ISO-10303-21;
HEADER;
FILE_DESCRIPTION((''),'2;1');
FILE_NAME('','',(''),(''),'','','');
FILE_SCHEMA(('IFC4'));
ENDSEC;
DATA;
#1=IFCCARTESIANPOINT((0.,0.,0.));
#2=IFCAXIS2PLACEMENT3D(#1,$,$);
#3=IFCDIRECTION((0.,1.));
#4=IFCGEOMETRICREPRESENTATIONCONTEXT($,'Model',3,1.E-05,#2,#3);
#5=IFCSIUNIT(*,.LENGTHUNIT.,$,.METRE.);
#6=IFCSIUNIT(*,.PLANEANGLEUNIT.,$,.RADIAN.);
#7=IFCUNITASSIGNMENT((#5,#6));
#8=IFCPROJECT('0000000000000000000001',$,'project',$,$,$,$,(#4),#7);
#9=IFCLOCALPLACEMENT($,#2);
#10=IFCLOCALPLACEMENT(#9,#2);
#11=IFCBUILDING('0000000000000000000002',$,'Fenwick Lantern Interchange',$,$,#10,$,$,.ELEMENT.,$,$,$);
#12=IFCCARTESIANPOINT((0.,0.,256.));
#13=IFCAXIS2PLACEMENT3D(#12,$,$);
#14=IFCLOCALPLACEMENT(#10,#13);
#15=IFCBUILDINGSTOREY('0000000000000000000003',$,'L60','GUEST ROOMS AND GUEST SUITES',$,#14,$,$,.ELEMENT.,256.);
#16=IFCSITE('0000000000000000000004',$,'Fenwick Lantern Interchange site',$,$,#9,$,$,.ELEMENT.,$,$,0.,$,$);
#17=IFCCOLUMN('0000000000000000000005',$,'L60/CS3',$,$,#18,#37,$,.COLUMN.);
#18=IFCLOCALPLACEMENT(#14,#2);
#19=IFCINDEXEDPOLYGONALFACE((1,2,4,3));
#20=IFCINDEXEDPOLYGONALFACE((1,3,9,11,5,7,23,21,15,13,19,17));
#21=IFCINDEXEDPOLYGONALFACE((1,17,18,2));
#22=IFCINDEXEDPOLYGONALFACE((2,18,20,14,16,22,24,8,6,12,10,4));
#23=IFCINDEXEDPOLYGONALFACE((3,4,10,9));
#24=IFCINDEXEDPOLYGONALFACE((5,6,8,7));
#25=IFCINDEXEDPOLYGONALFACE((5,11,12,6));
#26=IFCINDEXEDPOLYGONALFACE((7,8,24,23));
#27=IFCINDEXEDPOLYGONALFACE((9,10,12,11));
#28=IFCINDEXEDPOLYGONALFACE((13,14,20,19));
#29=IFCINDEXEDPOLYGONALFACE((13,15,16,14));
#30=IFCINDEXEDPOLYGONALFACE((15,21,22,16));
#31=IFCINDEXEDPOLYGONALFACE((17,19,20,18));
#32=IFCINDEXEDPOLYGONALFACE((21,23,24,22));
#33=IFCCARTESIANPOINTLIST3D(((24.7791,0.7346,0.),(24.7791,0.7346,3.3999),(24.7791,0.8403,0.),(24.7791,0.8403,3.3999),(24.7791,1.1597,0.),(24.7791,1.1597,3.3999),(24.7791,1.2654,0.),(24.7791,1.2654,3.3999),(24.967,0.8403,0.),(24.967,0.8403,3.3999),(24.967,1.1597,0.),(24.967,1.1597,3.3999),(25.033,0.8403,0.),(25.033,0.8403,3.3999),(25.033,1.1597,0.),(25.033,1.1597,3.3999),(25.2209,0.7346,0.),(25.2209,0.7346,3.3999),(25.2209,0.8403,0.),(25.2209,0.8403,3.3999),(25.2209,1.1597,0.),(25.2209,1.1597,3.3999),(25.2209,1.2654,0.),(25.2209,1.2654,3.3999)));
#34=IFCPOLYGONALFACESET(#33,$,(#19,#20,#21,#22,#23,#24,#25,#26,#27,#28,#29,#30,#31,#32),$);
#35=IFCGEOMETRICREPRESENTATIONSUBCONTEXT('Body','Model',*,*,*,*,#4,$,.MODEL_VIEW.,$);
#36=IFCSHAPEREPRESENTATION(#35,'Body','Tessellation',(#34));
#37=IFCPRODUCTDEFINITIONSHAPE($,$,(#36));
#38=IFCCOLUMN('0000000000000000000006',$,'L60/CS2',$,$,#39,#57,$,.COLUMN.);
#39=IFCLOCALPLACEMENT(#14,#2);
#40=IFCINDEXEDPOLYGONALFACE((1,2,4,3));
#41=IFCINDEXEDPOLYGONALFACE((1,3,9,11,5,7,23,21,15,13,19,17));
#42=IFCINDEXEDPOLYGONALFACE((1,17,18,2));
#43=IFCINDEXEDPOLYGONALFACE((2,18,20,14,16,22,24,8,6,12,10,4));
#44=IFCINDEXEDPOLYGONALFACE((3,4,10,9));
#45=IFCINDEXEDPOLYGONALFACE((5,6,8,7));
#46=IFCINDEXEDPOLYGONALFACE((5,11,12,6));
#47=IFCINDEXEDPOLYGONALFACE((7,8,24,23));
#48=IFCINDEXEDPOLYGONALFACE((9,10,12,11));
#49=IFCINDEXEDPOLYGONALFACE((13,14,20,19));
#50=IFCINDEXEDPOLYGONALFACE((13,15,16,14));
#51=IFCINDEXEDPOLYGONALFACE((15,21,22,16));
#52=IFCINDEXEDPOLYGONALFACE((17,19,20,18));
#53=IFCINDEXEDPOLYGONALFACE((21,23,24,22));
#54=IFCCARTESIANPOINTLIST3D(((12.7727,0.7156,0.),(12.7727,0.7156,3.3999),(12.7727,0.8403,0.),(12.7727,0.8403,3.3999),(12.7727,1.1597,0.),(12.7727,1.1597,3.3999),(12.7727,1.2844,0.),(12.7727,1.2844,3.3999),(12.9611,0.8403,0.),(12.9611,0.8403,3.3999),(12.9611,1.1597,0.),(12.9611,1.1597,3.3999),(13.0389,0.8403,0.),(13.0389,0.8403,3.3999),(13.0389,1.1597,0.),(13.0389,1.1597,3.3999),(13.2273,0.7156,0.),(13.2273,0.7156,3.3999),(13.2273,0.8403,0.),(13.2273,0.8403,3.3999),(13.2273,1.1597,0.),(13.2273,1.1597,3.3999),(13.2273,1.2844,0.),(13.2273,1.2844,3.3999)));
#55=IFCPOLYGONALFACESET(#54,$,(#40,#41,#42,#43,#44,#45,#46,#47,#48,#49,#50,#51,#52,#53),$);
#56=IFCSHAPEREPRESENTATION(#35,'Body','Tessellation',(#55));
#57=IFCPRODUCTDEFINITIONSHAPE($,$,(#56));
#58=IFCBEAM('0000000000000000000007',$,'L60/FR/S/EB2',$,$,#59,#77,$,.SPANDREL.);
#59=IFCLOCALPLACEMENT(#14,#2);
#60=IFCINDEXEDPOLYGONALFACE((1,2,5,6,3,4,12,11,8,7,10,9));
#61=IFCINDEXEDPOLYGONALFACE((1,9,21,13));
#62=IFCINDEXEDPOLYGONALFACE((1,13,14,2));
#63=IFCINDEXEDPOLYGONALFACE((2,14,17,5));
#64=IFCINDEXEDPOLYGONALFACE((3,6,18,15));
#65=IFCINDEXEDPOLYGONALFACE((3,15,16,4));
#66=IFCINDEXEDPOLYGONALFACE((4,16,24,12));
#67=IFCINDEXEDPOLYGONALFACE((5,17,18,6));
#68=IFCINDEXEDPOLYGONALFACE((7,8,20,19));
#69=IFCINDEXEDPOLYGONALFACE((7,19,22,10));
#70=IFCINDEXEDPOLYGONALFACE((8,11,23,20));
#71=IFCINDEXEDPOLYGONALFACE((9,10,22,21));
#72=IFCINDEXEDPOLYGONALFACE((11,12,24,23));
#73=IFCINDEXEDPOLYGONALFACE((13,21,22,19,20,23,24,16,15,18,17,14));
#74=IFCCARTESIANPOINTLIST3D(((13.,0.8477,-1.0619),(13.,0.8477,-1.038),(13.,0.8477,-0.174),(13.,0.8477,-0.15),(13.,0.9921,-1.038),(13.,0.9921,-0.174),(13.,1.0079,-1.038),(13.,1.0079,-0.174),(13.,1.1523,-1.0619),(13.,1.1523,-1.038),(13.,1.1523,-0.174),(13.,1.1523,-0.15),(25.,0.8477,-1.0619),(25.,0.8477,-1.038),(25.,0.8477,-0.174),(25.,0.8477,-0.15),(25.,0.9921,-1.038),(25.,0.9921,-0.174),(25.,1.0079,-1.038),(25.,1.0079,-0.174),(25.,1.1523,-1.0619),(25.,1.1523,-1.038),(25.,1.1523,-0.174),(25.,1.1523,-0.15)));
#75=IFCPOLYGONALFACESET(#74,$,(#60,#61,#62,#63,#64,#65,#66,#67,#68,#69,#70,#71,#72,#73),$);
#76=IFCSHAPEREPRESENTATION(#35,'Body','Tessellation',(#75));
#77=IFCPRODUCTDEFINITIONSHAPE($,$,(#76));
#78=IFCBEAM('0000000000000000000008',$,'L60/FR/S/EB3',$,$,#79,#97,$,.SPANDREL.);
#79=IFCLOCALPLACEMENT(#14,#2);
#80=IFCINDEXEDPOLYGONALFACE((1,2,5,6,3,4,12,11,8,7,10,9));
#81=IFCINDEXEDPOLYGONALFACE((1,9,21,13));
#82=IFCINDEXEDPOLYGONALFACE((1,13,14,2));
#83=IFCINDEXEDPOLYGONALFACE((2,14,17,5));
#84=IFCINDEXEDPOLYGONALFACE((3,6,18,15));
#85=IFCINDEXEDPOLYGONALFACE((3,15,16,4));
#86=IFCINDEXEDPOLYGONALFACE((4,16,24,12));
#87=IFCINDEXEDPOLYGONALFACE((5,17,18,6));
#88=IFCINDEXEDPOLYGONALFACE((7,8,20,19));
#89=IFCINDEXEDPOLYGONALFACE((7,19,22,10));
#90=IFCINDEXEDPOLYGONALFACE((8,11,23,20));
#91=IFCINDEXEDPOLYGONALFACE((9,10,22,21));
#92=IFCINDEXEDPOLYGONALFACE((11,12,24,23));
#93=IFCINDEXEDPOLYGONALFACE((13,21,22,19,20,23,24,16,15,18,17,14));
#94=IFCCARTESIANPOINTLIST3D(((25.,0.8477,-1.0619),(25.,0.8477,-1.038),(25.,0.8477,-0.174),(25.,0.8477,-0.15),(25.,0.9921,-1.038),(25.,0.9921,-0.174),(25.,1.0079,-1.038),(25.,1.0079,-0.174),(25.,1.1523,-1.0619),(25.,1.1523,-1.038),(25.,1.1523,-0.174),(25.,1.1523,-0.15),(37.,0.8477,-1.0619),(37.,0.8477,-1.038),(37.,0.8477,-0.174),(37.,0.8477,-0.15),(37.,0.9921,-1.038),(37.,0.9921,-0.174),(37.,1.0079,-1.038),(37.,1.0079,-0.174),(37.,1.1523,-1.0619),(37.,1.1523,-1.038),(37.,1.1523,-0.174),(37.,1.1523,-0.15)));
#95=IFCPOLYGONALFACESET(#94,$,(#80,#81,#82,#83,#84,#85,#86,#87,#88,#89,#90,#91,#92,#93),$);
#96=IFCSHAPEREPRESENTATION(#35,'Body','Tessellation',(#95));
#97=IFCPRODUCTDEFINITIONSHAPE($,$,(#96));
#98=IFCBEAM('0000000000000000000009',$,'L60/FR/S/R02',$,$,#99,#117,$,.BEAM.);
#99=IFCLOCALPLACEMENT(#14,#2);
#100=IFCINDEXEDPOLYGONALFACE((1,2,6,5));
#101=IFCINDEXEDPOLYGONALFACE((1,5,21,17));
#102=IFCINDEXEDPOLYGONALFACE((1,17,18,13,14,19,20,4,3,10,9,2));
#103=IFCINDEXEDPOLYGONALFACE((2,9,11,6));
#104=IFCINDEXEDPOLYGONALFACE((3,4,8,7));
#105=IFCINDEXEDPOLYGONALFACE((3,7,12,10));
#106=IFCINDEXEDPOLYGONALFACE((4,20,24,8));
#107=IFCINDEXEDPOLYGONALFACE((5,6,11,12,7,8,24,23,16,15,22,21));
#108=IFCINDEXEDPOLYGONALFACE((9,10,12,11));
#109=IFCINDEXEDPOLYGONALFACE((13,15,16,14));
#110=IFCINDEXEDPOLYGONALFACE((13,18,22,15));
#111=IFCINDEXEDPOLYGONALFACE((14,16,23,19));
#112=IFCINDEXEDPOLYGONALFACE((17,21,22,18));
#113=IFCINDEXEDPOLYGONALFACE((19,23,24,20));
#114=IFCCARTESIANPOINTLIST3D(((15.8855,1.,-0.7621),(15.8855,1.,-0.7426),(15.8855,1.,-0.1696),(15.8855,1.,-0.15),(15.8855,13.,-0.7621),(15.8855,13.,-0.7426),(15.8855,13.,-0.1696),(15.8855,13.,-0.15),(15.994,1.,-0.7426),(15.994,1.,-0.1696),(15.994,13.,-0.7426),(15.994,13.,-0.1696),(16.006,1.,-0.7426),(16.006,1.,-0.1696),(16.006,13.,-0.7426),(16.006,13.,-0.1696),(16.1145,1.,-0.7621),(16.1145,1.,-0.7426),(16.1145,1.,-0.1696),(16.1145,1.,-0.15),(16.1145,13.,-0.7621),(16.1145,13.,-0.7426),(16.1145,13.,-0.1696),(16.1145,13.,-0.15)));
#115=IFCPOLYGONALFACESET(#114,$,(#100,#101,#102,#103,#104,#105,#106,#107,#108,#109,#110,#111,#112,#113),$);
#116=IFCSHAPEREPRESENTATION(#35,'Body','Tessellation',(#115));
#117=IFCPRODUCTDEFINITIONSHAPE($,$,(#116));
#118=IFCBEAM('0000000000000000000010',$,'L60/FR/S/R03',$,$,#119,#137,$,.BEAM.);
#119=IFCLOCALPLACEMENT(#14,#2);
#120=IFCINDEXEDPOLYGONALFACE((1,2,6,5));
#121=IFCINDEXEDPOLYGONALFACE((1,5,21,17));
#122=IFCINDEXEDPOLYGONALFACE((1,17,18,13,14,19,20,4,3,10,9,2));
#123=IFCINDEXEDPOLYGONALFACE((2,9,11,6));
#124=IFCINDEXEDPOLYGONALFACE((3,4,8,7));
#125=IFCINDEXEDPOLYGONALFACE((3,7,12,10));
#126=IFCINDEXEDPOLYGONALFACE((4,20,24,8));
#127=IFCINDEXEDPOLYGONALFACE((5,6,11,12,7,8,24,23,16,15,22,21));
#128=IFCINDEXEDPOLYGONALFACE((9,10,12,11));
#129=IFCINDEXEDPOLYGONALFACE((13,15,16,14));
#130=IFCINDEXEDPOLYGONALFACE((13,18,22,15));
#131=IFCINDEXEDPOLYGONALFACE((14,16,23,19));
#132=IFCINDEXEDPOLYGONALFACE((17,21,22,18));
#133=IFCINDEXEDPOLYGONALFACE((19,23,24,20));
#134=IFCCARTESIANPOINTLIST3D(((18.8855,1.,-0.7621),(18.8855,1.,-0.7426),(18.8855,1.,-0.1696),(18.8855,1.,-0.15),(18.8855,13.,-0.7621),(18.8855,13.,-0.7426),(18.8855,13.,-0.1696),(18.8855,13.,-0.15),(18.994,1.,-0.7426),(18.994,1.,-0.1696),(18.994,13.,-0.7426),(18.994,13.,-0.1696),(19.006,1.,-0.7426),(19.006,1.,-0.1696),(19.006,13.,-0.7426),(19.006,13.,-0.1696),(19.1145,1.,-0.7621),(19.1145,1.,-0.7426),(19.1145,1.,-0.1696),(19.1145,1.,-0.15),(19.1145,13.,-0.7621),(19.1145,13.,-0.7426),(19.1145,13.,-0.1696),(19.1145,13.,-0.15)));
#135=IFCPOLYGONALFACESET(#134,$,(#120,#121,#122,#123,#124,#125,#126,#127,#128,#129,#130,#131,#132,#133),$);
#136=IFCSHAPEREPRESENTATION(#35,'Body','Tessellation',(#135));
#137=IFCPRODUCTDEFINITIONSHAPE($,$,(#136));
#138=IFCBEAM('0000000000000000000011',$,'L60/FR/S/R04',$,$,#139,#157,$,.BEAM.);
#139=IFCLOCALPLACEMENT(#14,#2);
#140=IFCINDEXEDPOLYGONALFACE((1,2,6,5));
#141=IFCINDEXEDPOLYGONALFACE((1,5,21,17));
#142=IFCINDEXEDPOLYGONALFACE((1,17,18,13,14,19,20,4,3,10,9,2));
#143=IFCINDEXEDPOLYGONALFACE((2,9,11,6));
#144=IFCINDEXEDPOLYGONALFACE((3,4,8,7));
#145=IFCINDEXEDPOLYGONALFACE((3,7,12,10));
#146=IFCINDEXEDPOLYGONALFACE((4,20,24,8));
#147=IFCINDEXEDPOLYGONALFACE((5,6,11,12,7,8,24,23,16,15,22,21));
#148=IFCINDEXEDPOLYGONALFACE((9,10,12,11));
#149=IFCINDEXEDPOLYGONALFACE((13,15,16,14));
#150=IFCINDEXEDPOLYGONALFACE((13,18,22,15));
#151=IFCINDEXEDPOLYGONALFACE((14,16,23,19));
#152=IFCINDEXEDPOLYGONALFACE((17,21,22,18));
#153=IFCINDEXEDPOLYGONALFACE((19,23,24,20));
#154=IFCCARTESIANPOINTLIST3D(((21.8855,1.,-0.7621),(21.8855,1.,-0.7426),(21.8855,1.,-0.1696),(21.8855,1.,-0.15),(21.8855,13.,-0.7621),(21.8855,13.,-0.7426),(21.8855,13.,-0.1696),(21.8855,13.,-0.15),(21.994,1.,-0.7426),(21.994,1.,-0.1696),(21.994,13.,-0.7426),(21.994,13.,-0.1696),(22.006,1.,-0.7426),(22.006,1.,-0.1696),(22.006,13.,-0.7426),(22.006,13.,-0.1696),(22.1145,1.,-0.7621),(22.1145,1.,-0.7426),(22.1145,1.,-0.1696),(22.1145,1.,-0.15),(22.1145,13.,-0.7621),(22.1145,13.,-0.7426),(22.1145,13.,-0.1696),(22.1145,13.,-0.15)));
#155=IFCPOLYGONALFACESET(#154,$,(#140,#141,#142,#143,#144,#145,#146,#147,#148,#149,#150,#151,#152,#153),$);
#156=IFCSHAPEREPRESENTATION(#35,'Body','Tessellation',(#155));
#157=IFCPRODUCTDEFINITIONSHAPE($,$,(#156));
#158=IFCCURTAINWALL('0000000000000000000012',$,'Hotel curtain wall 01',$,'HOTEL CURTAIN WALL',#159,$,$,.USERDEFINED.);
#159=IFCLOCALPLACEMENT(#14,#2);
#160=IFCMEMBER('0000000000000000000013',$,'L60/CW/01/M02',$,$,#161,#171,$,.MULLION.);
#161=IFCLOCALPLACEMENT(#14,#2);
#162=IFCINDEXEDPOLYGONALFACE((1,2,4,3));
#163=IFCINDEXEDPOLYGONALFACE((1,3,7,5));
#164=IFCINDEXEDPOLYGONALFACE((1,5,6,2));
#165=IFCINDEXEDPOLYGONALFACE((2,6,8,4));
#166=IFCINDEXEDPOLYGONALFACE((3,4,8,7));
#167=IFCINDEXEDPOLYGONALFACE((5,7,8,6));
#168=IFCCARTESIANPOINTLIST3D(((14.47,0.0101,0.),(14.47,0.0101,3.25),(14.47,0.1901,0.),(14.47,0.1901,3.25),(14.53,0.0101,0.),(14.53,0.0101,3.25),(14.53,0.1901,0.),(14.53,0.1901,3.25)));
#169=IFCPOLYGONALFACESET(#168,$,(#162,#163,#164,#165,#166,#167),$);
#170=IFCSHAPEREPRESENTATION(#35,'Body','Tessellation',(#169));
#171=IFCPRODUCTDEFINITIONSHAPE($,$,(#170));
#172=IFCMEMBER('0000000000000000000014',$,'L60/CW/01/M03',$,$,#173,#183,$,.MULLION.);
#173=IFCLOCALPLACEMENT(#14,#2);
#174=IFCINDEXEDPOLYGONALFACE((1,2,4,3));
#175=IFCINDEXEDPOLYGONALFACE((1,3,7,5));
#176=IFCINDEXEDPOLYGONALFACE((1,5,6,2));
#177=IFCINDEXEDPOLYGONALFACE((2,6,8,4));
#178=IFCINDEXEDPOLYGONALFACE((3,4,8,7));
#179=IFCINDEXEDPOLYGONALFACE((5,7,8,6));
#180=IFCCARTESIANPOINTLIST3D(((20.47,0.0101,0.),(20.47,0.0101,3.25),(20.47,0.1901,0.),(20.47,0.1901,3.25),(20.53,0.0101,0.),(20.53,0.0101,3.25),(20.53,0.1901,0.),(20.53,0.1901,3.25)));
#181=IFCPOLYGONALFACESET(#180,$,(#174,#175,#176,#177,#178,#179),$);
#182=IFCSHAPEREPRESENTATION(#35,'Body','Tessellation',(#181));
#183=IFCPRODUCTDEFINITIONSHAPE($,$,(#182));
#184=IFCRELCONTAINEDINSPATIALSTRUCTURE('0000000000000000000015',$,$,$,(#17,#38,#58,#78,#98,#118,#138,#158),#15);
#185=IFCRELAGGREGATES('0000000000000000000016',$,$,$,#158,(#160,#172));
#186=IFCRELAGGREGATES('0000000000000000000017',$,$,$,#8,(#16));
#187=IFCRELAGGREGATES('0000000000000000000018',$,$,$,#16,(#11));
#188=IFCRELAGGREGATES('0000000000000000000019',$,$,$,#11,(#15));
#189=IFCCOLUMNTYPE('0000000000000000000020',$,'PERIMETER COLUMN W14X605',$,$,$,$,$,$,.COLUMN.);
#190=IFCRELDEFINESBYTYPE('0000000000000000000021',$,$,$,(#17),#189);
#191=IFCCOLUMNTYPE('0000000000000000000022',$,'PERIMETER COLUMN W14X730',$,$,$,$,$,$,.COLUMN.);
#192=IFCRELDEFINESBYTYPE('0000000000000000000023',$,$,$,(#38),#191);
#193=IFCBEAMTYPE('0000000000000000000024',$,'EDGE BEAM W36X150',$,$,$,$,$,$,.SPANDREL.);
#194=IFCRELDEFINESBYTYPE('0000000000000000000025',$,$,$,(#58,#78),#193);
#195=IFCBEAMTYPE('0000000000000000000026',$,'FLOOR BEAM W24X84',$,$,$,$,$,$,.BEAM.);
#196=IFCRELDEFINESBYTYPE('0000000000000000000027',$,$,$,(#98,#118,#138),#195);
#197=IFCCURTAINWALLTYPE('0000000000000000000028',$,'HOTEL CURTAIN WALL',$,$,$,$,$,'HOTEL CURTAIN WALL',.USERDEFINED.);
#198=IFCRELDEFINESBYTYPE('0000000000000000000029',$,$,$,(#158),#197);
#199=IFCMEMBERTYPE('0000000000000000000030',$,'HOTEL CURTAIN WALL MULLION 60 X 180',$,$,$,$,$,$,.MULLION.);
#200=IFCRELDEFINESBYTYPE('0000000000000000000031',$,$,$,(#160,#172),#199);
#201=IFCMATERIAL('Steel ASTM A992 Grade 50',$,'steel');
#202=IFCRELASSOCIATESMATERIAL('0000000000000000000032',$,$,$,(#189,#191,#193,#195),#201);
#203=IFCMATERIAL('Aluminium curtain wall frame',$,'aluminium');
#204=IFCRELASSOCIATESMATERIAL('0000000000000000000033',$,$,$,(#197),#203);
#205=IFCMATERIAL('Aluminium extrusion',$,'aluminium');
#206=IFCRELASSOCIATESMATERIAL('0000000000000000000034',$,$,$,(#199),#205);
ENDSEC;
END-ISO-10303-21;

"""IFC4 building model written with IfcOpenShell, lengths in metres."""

from ifc_helpers import new_model, si_unit, direction, frame, origin, origin_2d, place, context, subcontext, project, spatial, rectangle, i_section, extrude, material, material_profile, profile_set, type_object, element, aggregate, save


model = new_model("IFC4")

# Units and contexts
model_context = context("Model", 3, precision=1e-05, world=origin(), true_north=direction((0.0, 1.0)))
body_context = subcontext(model_context, "Body", "Model", "MODEL_VIEW")
ifc_project = project(units=[si_unit("LENGTHUNIT", "METRE"), si_unit("PLANEANGLEUNIT", "RADIAN")], contexts=[model_context])

# Site, building, storey
site_placement = place(None, origin())
site = spatial("IfcSite", under=ifc_project, at=site_placement, Name="Fenwick Lantern Interchange site", CompositionType="ELEMENT", RefElevation=0.0)
building_placement = place(site_placement, origin())
building = spatial("IfcBuilding", under=site, at=building_placement, Name="Fenwick Lantern Interchange", CompositionType="ELEMENT")
storey_placement = place(building_placement, frame((0.0, 0.0, 256.0)))
storey = spatial("IfcBuildingStorey", under=building, at=storey_placement, Name="L60", Description="GUEST ROOMS AND GUEST SUITES", CompositionType="ELEMENT", Elevation=256.0)

# Columns
ifc_material_1 = material(Name="Steel ASTM A992 Grade 50", Category="steel")
ifc_material_profile_1 = material_profile(ifc_material_1, i_section(OverallWidth=0.4419, OverallDepth=0.5308, WebThickness=0.0659, FlangeThickness=0.1057, at=origin_2d()), Name="W14X605")
ifc_profile_set_1 = profile_set([ifc_material_profile_1], Name="Steel ASTM A992 Grade 50")
column_type_1 = type_object("IfcColumnType", Name="PERIMETER COLUMN W14X605", PredefinedType="COLUMN", material=ifc_profile_set_1)
column_1_placement = place(storey_placement, frame((25.0, 1.0, 0.0), z_axis=(0.0, 0.0, 1.0), x_axis=(1.0, 0.0, 0.0)))
element("IfcColumn", 1, at=column_1_placement, inside=storey, type_object=column_type_1, Name="L60/CS3", PredefinedType="COLUMN", context=body_context, shape_type="SweptSolid", body=[
    extrude(i_section(OverallWidth=0.4419, OverallDepth=0.5308, WebThickness=0.0659, FlangeThickness=0.1057, at=origin_2d()), origin(), (0.0, 0.0, 1.0), 3.3999),
])
ifc_material_profile_2 = material_profile(ifc_material_1, i_section(OverallWidth=0.4546, OverallDepth=0.5688, WebThickness=0.0779, FlangeThickness=0.1248, at=origin_2d()), Name="W14X730")
ifc_profile_set_2 = profile_set([ifc_material_profile_2], Name="Steel ASTM A992 Grade 50")
column_type_2 = type_object("IfcColumnType", Name="PERIMETER COLUMN W14X730", PredefinedType="COLUMN", material=ifc_profile_set_2)
column_2_placement = place(storey_placement, frame((13.0, 1.0, 0.0), z_axis=(0.0, 0.0, 1.0), x_axis=(1.0, 0.0, 0.0)))
element("IfcColumn", 2, at=column_2_placement, inside=storey, type_object=column_type_2, Name="L60/CS2", PredefinedType="COLUMN", context=body_context, shape_type="SweptSolid", body=[
    extrude(i_section(OverallWidth=0.4546, OverallDepth=0.5688, WebThickness=0.0779, FlangeThickness=0.1248, at=origin_2d()), origin(), (0.0, 0.0, 1.0), 3.3999),
])

# Beams
ifc_material_profile_3 = material_profile(ifc_material_1, i_section(OverallWidth=0.3047, OverallDepth=0.9119, WebThickness=0.0159, FlangeThickness=0.0239, at=origin_2d()), Name="W36X150")
ifc_profile_set_3 = profile_set([ifc_material_profile_3], Name="Steel ASTM A992 Grade 50")
beam_type_1 = type_object("IfcBeamType", Name="EDGE BEAM W36X150", PredefinedType="SPANDREL", material=ifc_profile_set_3)
for number, where, z_axis, x_axis, name in (
    (3, (13.0, 1.0, -0.606), (1.0, 0.0, 0.0), (0.0, 1.0, 0.0), "L60/FR/S/EB2"),
    (4, (25.0, 1.0, -0.606), (1.0, 0.0, 0.0), (0.0, 1.0, 0.0), "L60/FR/S/EB3"),
):
    element("IfcBeam", number, at=place(storey_placement, frame(where, z_axis=z_axis, x_axis=x_axis)), inside=storey, type_object=beam_type_1, Name=name, PredefinedType="SPANDREL", context=body_context, shape_type="SweptSolid", body=[
        extrude(i_section(OverallWidth=0.3047, OverallDepth=0.9119, WebThickness=0.0159, FlangeThickness=0.0239, at=origin_2d()), origin(), (0.0, 0.0, 1.0), 12.0),
    ])
ifc_material_profile_4 = material_profile(ifc_material_1, i_section(OverallWidth=0.229, OverallDepth=0.6121, WebThickness=0.012, FlangeThickness=0.0195, at=origin_2d()), Name="W24X84")
ifc_profile_set_4 = profile_set([ifc_material_profile_4], Name="Steel ASTM A992 Grade 50")
beam_type_2 = type_object("IfcBeamType", Name="FLOOR BEAM W24X84", PredefinedType="BEAM", material=ifc_profile_set_4)
for number, where, z_axis, x_axis, name in (
    (5, (16.0, 1.0, -0.4561), (0.0, 1.0, 0.0), (-1.0, 0.0, 0.0), "L60/FR/S/R02"),
    (6, (19.0, 1.0, -0.4561), (0.0, 1.0, 0.0), (-1.0, 0.0, 0.0), "L60/FR/S/R03"),
    (7, (22.0, 1.0, -0.4561), (0.0, 1.0, 0.0), (-1.0, 0.0, 0.0), "L60/FR/S/R04"),
):
    element("IfcBeam", number, at=place(storey_placement, frame(where, z_axis=z_axis, x_axis=x_axis)), inside=storey, type_object=beam_type_2, Name=name, PredefinedType="BEAM", context=body_context, shape_type="SweptSolid", body=[
        extrude(i_section(OverallWidth=0.229, OverallDepth=0.6121, WebThickness=0.012, FlangeThickness=0.0195, at=origin_2d()), origin(), (0.0, 0.0, 1.0), 12.0),
    ])

# Curtain wall, members
ifc_material_2 = material(Name="Aluminium curtain wall frame", Category="aluminium")
curtain_wall_type = type_object("IfcCurtainWallType", Name="HOTEL CURTAIN WALL", ElementType="HOTEL CURTAIN WALL", PredefinedType="USERDEFINED", material=ifc_material_2)
curtain_wall_placement = place(storey_placement, origin())
curtain_wall = element("IfcCurtainWall", 8, at=curtain_wall_placement, inside=storey, type_object=curtain_wall_type, Name="Hotel curtain wall 01", ObjectType="HOTEL CURTAIN WALL", PredefinedType="USERDEFINED")
ifc_material_3 = material(Name="Aluminium extrusion", Category="aluminium")
ifc_material_profile_5 = material_profile(ifc_material_3, rectangle(XDim=0.1799, YDim=0.0601, at=origin_2d()), Name="HOTEL CURTAIN WALL MULLION 60 X 180")
ifc_profile_set_5 = profile_set([ifc_material_profile_5], Name="Aluminium extrusion")
member_type_1 = type_object("IfcMemberType", Name="HOTEL CURTAIN WALL MULLION 60 X 180", PredefinedType="MULLION", material=ifc_profile_set_5)
member_1_placement = place(storey_placement, frame((14.5, 0.1001, 0.0), z_axis=(0.0, 0.0, 1.0), x_axis=(0.0, 1.0, 0.0)))
member_1 = element("IfcMember", 9, at=member_1_placement, type_object=member_type_1, Name="L60/CW/01/M02", PredefinedType="MULLION", context=body_context, shape_type="SweptSolid", body=[
    extrude(rectangle(XDim=0.1799, YDim=0.0601, at=origin_2d()), origin(), (0.0, 0.0, 1.0), 3.25),
])
member_2_placement = place(storey_placement, frame((20.5, 0.1001, 0.0), z_axis=(0.0, 0.0, 1.0), x_axis=(0.0, 1.0, 0.0)))
member_2 = element("IfcMember", 10, at=member_2_placement, type_object=member_type_1, Name="L60/CW/01/M03", PredefinedType="MULLION", context=body_context, shape_type="SweptSolid", body=[
    extrude(rectangle(XDim=0.1799, YDim=0.0601, at=origin_2d()), origin(), (0.0, 0.0, 1.0), 3.25),
])
aggregate(curtain_wall, [member_1, member_2])

save(model, "model.ifc")
